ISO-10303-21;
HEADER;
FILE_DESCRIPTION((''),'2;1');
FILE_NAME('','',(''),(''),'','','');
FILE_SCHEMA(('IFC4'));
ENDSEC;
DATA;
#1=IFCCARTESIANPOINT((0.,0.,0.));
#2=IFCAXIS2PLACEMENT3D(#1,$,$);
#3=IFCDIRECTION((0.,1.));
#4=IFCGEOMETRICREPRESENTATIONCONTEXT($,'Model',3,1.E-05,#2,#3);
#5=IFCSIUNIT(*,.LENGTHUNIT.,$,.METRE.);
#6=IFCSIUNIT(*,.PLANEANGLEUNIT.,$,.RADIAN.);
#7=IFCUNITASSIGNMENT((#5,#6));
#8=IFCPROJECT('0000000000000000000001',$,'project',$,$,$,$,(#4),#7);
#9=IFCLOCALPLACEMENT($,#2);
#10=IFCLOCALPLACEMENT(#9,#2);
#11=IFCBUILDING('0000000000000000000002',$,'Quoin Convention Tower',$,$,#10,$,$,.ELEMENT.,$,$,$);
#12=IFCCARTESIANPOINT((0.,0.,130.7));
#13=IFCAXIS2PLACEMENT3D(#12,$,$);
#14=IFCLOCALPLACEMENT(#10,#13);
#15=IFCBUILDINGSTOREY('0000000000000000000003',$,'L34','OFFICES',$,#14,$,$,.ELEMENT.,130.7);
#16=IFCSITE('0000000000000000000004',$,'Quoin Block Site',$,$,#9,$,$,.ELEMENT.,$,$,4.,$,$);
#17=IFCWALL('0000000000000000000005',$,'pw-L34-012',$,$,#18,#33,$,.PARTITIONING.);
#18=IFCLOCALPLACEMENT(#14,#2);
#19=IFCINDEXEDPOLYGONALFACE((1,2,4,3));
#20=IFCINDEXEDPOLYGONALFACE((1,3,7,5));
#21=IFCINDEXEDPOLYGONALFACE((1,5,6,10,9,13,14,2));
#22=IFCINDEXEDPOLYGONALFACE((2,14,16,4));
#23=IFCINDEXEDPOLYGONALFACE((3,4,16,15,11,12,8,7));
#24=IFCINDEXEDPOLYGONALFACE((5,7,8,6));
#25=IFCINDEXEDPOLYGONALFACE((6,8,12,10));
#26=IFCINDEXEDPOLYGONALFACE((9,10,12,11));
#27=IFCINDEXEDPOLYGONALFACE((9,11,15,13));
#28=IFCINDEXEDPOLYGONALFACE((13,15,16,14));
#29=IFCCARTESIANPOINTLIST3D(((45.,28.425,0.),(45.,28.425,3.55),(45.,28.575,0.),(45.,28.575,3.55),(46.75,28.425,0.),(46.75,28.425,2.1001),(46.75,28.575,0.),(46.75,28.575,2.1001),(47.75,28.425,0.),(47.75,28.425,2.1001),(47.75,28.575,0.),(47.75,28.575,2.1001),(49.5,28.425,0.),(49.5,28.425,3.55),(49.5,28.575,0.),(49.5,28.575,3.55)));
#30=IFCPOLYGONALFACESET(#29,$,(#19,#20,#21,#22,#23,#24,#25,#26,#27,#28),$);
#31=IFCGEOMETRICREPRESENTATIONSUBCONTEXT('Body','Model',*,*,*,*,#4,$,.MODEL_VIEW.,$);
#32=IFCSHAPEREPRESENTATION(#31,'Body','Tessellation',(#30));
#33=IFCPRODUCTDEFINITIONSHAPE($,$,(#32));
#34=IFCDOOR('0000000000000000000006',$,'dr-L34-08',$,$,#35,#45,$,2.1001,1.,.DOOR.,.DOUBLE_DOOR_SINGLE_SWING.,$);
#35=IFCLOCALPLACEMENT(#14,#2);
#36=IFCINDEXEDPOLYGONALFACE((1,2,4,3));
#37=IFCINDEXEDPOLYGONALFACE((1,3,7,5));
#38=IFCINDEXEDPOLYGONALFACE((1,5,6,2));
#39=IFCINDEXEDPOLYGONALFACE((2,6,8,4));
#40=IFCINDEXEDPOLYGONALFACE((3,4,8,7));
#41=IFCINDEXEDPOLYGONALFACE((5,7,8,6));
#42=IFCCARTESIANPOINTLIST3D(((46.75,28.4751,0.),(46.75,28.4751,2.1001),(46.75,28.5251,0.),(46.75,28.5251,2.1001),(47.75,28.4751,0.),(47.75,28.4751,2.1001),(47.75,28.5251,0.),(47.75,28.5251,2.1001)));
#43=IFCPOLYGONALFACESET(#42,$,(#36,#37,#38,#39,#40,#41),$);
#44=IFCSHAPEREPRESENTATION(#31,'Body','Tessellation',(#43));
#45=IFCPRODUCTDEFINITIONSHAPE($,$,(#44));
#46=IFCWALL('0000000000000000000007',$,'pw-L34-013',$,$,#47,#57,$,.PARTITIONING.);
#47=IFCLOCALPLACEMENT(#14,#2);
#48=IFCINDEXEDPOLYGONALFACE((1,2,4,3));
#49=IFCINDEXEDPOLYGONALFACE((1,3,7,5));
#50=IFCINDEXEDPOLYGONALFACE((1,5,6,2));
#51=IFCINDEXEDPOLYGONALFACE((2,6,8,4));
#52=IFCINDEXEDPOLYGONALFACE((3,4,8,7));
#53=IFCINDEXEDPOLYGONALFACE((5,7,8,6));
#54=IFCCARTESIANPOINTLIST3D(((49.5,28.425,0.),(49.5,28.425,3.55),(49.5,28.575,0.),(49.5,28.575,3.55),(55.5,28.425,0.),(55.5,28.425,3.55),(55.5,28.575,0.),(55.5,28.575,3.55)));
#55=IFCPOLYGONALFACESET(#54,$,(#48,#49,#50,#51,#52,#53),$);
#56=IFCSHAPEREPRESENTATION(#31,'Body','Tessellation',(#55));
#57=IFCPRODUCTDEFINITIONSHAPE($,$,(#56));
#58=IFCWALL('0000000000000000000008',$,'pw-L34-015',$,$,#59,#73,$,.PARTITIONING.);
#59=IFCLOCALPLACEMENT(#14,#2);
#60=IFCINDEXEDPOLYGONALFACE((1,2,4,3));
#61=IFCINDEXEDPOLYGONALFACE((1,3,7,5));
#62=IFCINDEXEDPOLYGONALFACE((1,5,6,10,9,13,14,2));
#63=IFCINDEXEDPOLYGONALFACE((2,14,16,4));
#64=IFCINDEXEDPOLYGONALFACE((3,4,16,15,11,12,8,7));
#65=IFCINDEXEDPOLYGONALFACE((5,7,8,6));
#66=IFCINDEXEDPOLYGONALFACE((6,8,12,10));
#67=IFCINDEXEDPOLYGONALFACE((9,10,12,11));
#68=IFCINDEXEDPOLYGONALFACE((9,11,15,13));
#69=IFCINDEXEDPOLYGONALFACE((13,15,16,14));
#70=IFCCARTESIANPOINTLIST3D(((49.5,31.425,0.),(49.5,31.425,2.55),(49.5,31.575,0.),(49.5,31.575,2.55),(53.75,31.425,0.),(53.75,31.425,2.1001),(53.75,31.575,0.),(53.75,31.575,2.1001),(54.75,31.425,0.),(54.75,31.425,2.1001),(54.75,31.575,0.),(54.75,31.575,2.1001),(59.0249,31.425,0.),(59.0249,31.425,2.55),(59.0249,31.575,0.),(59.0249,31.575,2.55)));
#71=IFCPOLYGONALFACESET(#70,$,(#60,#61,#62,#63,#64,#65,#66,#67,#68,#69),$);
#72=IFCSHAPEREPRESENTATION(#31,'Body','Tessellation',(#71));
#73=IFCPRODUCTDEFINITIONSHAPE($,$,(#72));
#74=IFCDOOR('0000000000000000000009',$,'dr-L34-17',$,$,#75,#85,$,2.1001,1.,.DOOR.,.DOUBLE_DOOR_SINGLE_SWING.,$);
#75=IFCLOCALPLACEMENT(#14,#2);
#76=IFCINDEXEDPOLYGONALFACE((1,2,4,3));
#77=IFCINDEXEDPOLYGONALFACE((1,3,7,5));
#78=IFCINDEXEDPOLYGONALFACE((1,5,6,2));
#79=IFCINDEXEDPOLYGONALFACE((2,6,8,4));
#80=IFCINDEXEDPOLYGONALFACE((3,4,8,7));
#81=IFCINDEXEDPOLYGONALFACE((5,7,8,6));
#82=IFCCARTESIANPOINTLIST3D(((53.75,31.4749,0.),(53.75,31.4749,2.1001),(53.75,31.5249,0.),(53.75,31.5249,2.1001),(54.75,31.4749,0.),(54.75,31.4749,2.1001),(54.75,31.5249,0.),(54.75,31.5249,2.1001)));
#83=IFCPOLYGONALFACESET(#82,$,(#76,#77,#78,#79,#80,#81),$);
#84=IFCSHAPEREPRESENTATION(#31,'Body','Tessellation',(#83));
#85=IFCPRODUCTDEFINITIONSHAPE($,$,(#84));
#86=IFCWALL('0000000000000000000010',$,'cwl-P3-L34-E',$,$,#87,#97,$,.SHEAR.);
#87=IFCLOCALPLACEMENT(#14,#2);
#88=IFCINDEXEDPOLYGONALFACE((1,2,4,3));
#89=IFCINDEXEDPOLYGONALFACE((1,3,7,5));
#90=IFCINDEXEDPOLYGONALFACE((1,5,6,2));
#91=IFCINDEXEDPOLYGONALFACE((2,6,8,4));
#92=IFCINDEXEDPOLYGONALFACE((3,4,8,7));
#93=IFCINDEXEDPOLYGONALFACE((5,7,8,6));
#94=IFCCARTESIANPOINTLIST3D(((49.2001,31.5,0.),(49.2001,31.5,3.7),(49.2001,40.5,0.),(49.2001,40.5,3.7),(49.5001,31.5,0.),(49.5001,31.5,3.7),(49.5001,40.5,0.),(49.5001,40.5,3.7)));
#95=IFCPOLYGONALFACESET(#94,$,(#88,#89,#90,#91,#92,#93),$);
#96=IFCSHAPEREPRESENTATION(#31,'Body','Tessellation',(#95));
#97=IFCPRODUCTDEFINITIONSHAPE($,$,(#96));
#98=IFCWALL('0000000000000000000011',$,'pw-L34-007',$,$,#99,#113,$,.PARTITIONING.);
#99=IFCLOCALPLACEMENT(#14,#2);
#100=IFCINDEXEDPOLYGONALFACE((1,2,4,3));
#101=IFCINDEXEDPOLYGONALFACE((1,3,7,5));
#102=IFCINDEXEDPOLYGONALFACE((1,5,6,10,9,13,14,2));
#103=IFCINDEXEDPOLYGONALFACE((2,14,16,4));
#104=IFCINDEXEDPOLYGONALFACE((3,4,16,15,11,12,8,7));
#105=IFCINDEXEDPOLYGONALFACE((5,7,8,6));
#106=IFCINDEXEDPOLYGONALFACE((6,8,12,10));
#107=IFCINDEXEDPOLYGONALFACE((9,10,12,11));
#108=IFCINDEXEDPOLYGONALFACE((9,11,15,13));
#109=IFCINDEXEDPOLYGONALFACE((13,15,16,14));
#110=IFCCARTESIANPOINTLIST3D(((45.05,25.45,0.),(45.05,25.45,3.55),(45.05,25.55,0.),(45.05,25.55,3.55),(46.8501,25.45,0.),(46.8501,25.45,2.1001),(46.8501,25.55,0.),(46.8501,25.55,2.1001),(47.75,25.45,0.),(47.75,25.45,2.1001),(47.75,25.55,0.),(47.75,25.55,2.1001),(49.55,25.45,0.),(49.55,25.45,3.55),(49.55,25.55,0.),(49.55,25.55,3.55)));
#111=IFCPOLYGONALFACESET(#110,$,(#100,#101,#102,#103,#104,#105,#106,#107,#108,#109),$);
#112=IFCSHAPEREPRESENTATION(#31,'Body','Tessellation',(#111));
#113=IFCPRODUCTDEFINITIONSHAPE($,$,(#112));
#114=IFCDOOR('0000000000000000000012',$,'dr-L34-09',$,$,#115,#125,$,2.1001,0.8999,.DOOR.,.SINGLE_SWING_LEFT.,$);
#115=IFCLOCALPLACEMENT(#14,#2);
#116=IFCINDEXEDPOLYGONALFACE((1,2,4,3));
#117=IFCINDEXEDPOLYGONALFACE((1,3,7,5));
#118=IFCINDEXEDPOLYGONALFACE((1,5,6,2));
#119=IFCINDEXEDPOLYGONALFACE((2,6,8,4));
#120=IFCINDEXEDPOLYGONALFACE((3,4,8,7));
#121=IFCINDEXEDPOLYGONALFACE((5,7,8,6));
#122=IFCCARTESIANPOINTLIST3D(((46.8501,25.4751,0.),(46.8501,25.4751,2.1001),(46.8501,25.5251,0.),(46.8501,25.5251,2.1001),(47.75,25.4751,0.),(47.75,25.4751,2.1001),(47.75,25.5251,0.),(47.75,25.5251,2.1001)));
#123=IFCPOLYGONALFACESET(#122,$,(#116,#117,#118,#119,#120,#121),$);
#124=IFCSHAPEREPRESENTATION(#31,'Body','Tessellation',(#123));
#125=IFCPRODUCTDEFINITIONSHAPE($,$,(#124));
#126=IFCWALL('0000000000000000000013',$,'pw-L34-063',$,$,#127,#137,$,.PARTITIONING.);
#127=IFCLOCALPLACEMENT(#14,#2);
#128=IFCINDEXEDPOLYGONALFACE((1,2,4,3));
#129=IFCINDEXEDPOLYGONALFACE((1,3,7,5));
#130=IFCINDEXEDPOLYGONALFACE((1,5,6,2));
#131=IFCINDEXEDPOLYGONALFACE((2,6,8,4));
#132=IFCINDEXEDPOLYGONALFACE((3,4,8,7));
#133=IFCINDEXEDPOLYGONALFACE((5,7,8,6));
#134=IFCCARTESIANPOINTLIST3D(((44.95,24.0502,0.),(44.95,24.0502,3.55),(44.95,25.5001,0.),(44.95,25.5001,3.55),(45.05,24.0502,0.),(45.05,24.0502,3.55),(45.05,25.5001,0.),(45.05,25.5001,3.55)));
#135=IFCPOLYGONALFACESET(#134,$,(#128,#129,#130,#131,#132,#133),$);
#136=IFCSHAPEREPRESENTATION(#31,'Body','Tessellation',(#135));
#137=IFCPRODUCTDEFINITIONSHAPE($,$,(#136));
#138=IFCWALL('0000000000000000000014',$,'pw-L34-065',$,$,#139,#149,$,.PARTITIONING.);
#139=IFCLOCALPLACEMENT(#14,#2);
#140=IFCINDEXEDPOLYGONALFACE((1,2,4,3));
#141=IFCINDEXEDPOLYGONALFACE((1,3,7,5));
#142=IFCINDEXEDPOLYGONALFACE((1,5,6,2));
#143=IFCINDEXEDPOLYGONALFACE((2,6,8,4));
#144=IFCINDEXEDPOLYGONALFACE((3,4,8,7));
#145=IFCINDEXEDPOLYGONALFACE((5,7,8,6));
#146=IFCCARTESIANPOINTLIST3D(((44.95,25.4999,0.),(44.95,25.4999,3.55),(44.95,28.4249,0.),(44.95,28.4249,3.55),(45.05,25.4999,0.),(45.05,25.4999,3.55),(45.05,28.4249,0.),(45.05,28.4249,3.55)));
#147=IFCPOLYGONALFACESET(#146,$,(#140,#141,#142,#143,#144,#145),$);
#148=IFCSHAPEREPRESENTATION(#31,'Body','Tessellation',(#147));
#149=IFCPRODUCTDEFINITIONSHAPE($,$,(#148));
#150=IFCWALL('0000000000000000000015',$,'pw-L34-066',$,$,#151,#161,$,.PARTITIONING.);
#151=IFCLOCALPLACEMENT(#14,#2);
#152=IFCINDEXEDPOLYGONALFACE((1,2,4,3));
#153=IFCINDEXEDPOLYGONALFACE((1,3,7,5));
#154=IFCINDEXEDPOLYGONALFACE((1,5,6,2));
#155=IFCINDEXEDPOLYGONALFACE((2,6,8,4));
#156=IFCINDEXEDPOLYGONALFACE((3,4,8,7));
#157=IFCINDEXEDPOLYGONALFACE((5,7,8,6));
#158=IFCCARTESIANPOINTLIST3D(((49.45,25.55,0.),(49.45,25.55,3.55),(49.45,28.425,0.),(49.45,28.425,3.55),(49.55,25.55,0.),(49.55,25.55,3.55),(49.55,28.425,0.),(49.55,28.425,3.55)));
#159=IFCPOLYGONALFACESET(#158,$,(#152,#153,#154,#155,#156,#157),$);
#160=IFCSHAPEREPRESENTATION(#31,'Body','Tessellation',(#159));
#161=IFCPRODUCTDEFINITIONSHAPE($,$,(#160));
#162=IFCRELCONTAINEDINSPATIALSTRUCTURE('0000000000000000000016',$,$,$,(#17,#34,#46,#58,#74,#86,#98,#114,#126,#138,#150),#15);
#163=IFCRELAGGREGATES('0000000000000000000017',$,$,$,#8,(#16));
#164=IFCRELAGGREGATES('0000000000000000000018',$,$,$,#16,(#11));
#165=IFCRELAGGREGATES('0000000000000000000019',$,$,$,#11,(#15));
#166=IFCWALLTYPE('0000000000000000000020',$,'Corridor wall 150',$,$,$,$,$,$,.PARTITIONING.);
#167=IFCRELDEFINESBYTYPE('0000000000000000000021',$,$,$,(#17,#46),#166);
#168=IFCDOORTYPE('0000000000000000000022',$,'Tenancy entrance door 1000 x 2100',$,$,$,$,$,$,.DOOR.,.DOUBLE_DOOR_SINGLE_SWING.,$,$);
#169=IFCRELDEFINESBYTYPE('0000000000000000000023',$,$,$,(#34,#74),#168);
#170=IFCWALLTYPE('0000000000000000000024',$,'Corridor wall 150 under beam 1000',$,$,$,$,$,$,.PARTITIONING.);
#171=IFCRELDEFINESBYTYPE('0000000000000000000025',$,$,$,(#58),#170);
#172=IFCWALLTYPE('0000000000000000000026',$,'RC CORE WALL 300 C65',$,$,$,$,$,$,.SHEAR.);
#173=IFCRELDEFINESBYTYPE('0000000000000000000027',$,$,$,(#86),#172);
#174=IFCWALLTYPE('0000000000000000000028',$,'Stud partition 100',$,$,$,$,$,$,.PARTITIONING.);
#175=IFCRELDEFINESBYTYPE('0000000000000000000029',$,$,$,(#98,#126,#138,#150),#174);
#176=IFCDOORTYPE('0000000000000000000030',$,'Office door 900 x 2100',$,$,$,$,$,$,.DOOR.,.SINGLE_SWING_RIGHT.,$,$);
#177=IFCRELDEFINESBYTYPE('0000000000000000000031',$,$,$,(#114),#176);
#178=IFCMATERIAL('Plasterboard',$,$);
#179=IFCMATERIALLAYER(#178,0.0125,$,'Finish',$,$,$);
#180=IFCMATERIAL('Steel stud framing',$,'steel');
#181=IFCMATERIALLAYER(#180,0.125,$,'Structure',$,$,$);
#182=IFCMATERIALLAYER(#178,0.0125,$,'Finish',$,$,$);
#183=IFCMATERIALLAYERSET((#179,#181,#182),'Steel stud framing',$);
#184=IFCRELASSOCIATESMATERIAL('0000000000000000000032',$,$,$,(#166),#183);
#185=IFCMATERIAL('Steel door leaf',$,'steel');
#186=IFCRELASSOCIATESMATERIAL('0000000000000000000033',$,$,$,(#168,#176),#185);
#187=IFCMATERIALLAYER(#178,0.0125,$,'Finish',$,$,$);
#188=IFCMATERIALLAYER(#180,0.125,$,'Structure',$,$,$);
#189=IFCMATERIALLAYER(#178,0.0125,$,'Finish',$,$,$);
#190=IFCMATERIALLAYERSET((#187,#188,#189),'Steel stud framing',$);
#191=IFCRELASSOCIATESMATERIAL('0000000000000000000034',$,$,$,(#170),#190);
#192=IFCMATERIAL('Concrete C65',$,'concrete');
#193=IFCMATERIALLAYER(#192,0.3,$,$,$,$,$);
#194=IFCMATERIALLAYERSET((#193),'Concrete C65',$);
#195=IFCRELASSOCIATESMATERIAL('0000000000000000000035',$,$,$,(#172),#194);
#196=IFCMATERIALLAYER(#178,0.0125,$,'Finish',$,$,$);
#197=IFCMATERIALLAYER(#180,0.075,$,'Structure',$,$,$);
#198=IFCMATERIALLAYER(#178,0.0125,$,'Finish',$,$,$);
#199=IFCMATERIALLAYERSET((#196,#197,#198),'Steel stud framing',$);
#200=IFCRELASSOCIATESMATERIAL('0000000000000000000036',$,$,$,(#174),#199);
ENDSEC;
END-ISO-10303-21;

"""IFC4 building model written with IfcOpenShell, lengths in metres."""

from ifc_helpers import new_model, si_unit, direction, frame, frame_2d, origin, place, context, subcontext, project, spatial, rectangle, extrude, material, layer, layer_set, type_object, element, fill, save


model = new_model("IFC4")

# Units and contexts
model_context = context("Model", 3, precision=1e-05, world=origin(), true_north=direction((0.0, 1.0)))
body_context = subcontext(model_context, "Body", "Model", "MODEL_VIEW")
ifc_project = project(units=[si_unit("LENGTHUNIT", "METRE"), si_unit("PLANEANGLEUNIT", "RADIAN")], contexts=[model_context])

# Site, building, storey
site_placement = place(None, origin())
site = spatial("IfcSite", under=ifc_project, at=site_placement, Name="Quoin Block Site", CompositionType="ELEMENT", RefElevation=4.0)
building_placement = place(site_placement, origin())
building = spatial("IfcBuilding", under=site, at=building_placement, Name="Quoin Convention Tower", CompositionType="ELEMENT")
storey_placement = place(building_placement, frame((0.0, 0.0, 130.7)))
storey = spatial("IfcBuildingStorey", under=building, at=storey_placement, Name="L34", Description="OFFICES", CompositionType="ELEMENT", Elevation=130.7)

# Shared definitions
ifc_material_1 = material(Name="Concrete C65", Category="concrete")

# Shared definitions
ifc_material_2 = material(Name="Plasterboard")
ifc_material_3 = material(Name="Steel stud framing", Category="steel")

# Wall, opening, door
ifc_layer_1 = layer(ifc_material_2, 0.0125, Name="Finish")
ifc_layer_2 = layer(ifc_material_3, 0.125, Name="Structure")
ifc_layer_3 = layer(ifc_material_2, 0.0125, Name="Finish")
ifc_layer_set_1 = layer_set([ifc_layer_1, ifc_layer_2, ifc_layer_3], Name="Steel stud framing")
wall_type_1 = type_object("IfcWallType", Name="Corridor wall 150", PredefinedType="PARTITIONING", material=ifc_layer_set_1)
wall_1_placement = place(storey_placement, frame((45.0, 28.5, 0.0), z_axis=(0.0, 0.0, 1.0), x_axis=(1.0, 0.0, 0.0)))
wall_1 = element("IfcWall", 1, at=wall_1_placement, inside=storey, type_object=wall_type_1, Name="pw-L34-012", PredefinedType="PARTITIONING", context=body_context, shape_type="SweptSolid", body=[
    extrude(rectangle(XDim=4.5, YDim=0.1499, at=frame_2d((2.25, 0.0))), origin(), (0.0, 0.0, 1.0), 3.55),
])
opening_1_placement = place(wall_1_placement, frame((1.75, 0.0, 0.0)))
opening_1 = element("IfcOpeningElement", 2, at=opening_1_placement, cuts=wall_1, PredefinedType="OPENING", context=body_context, shape_type="SweptSolid", body=[
    extrude(rectangle(XDim=1.0, YDim=2.1001, at=frame_2d((0.5, 1.05))), frame((0.0, 0.085, 0.0), z_axis=(0.0, -1.0, 0.0), x_axis=(1.0, 0.0, 0.0)), (0.0, 0.0, 1.0), 0.1699),
])
ifc_material_4 = material(Name="Steel door leaf", Category="steel")
door_type_1 = type_object("IfcDoorType", Name="Tenancy entrance door 1000 x 2100", OperationType="DOUBLE_DOOR_SINGLE_SWING", PredefinedType="DOOR", material=ifc_material_4)
door_1_placement = place(opening_1_placement, frame((1.0, 0.0, 0.0), z_axis=(0.0, 0.0, 1.0), x_axis=(-1.0, 0.0, 0.0)))
door_1 = element("IfcDoor", 3, at=door_1_placement, inside=storey, type_object=door_type_1, Name="dr-L34-08", OperationType="DOUBLE_DOOR_SINGLE_SWING", OverallHeight=2.1001, OverallWidth=1.0, PredefinedType="DOOR", context=body_context, shape_type="SweptSolid", body=[
    extrude(rectangle(XDim=1.0, YDim=2.1001, at=frame_2d((0.5, 1.05))), frame((0.0, 0.0249, 0.0), z_axis=(0.0, -1.0, 0.0), x_axis=(1.0, 0.0, 0.0)), (0.0, 0.0, 1.0), 0.05),
])
fill(opening_1, door_1)

# Wall
wall_2_placement = place(storey_placement, frame((49.5, 28.5, 0.0), z_axis=(0.0, 0.0, 1.0), x_axis=(1.0, 0.0, 0.0)))
element("IfcWall", 4, at=wall_2_placement, inside=storey, type_object=wall_type_1, Name="pw-L34-013", PredefinedType="PARTITIONING", context=body_context, shape_type="SweptSolid", body=[
    extrude(rectangle(XDim=6.0, YDim=0.1499, at=frame_2d((3.0, 0.0))), origin(), (0.0, 0.0, 1.0), 3.55),
])

# Wall, opening, door
ifc_layer_4 = layer(ifc_material_2, 0.0125, Name="Finish")
ifc_layer_5 = layer(ifc_material_3, 0.125, Name="Structure")
ifc_layer_6 = layer(ifc_material_2, 0.0125, Name="Finish")
ifc_layer_set_2 = layer_set([ifc_layer_4, ifc_layer_5, ifc_layer_6], Name="Steel stud framing")
wall_type_2 = type_object("IfcWallType", Name="Corridor wall 150 under beam 1000", PredefinedType="PARTITIONING", material=ifc_layer_set_2)
wall_3_placement = place(storey_placement, frame((49.5, 31.5, 0.0), z_axis=(0.0, 0.0, 1.0), x_axis=(1.0, 0.0, 0.0)))
wall_3 = element("IfcWall", 5, at=wall_3_placement, inside=storey, type_object=wall_type_2, Name="pw-L34-015", PredefinedType="PARTITIONING", context=body_context, shape_type="SweptSolid", body=[
    extrude(rectangle(XDim=9.5249, YDim=0.1499, at=frame_2d((4.7625, 0.0))), origin(), (0.0, 0.0, 1.0), 2.55),
])
opening_2_placement = place(wall_3_placement, frame((4.25, 0.0, 0.0)))
opening_2 = element("IfcOpeningElement", 6, at=opening_2_placement, cuts=wall_3, PredefinedType="OPENING", context=body_context, shape_type="SweptSolid", body=[
    extrude(rectangle(XDim=1.0, YDim=2.1001, at=frame_2d((0.5, 1.05))), frame((0.0, 0.085, 0.0), z_axis=(0.0, -1.0, 0.0), x_axis=(1.0, 0.0, 0.0)), (0.0, 0.0, 1.0), 0.1699),
])
door_2_placement = place(opening_2_placement, origin())
door_2 = element("IfcDoor", 7, at=door_2_placement, inside=storey, type_object=door_type_1, Name="dr-L34-17", OperationType="DOUBLE_DOOR_SINGLE_SWING", OverallHeight=2.1001, OverallWidth=1.0, PredefinedType="DOOR", context=body_context, shape_type="SweptSolid", body=[
    extrude(rectangle(XDim=1.0, YDim=2.1001, at=frame_2d((0.5, 1.05))), frame((0.0, 0.0249, 0.0), z_axis=(0.0, -1.0, 0.0), x_axis=(1.0, 0.0, 0.0)), (0.0, 0.0, 1.0), 0.05),
])
fill(opening_2, door_2)

# Wall
ifc_layer_7 = layer(ifc_material_1, 0.3)
ifc_layer_set_3 = layer_set([ifc_layer_7], Name="Concrete C65")
wall_type_3 = type_object("IfcWallType", Name="RC CORE WALL 300 C65", PredefinedType="SHEAR", material=ifc_layer_set_3)
wall_4_placement = place(storey_placement, frame((49.3501, 31.5, 0.0), z_axis=(0.0, 0.0, 1.0), x_axis=(0.0, 1.0, 0.0)))
element("IfcWall", 8, at=wall_4_placement, inside=storey, type_object=wall_type_3, Name="cwl-P3-L34-E", PredefinedType="SHEAR", context=body_context, shape_type="SweptSolid", body=[
    extrude(rectangle(XDim=9.0, YDim=0.3, at=frame_2d((4.5, 0.0))), origin(), (0.0, 0.0, 1.0), 3.7),
])

# Wall, opening, door
ifc_layer_8 = layer(ifc_material_2, 0.0125, Name="Finish")
ifc_layer_9 = layer(ifc_material_3, 0.075, Name="Structure")
ifc_layer_10 = layer(ifc_material_2, 0.0125, Name="Finish")
ifc_layer_set_4 = layer_set([ifc_layer_8, ifc_layer_9, ifc_layer_10], Name="Steel stud framing")
wall_type_4 = type_object("IfcWallType", Name="Stud partition 100", PredefinedType="PARTITIONING", material=ifc_layer_set_4)
wall_5_placement = place(storey_placement, frame((45.05, 25.5, 0.0), z_axis=(0.0, 0.0, 1.0), x_axis=(1.0, 0.0, 0.0)))
wall_5 = element("IfcWall", 9, at=wall_5_placement, inside=storey, type_object=wall_type_4, Name="pw-L34-007", PredefinedType="PARTITIONING", context=body_context, shape_type="SweptSolid", body=[
    extrude(rectangle(XDim=4.5, YDim=0.1001, at=frame_2d((2.25, 0.0))), origin(), (0.0, 0.0, 1.0), 3.55),
])
opening_3_placement = place(wall_5_placement, frame((1.8, 0.0, 0.0)))
opening_3 = element("IfcOpeningElement", 10, at=opening_3_placement, cuts=wall_5, PredefinedType="OPENING", context=body_context, shape_type="SweptSolid", body=[
    extrude(rectangle(XDim=0.8999, YDim=2.1001, at=frame_2d((0.45, 1.05))), frame((0.0, 0.0601, 0.0), z_axis=(0.0, -1.0, 0.0), x_axis=(1.0, 0.0, 0.0)), (0.0, 0.0, 1.0), 0.1201),
])
door_type_2 = type_object("IfcDoorType", Name="Office door 900 x 2100", OperationType="SINGLE_SWING_RIGHT", PredefinedType="DOOR", material=ifc_material_4)
door_3_placement = place(opening_3_placement, frame((0.8999, 0.0, 0.0), z_axis=(0.0, 0.0, 1.0), x_axis=(-1.0, 0.0, 0.0)))
door_3 = element("IfcDoor", 11, at=door_3_placement, inside=storey, type_object=door_type_2, Name="dr-L34-09", OperationType="SINGLE_SWING_LEFT", OverallHeight=2.1001, OverallWidth=0.8999, PredefinedType="DOOR", context=body_context, shape_type="SweptSolid", body=[
    extrude(rectangle(XDim=0.8999, YDim=2.1001, at=frame_2d((0.45, 1.05))), frame((0.0, 0.0249, 0.0), z_axis=(0.0, -1.0, 0.0), x_axis=(1.0, 0.0, 0.0)), (0.0, 0.0, 1.0), 0.05),
])
fill(opening_3, door_3)

# Walls
wall_6_placement = place(storey_placement, frame((45.0, 24.05, 0.0), z_axis=(0.0, 0.0, 1.0), x_axis=(0.0, 1.0, 0.0)))
element("IfcWall", 12, at=wall_6_placement, inside=storey, type_object=wall_type_4, Name="pw-L34-063", PredefinedType="PARTITIONING", context=body_context, shape_type="SweptSolid", body=[
    extrude(rectangle(XDim=1.45, YDim=0.1001, at=frame_2d((0.7251, 0.0))), origin(), (0.0, 0.0, 1.0), 3.55),
])
wall_7_placement = place(storey_placement, frame((45.0, 25.5, 0.0), z_axis=(0.0, 0.0, 1.0), x_axis=(0.0, 1.0, 0.0)))
element("IfcWall", 13, at=wall_7_placement, inside=storey, type_object=wall_type_4, Name="pw-L34-065", PredefinedType="PARTITIONING", context=body_context, shape_type="SweptSolid", body=[
    extrude(rectangle(XDim=2.925, YDim=0.1001, at=frame_2d((1.4624, 0.0))), origin(), (0.0, 0.0, 1.0), 3.55),
])
wall_8_placement = place(storey_placement, frame((49.5, 25.55, 0.0), z_axis=(0.0, 0.0, 1.0), x_axis=(0.0, 1.0, 0.0)))
element("IfcWall", 14, at=wall_8_placement, inside=storey, type_object=wall_type_4, Name="pw-L34-066", PredefinedType="PARTITIONING", context=body_context, shape_type="SweptSolid", body=[
    extrude(rectangle(XDim=2.875, YDim=0.1001, at=frame_2d((1.4375, 0.0))), origin(), (0.0, 0.0, 1.0), 3.55),
])

save(model, "model.ifc")
